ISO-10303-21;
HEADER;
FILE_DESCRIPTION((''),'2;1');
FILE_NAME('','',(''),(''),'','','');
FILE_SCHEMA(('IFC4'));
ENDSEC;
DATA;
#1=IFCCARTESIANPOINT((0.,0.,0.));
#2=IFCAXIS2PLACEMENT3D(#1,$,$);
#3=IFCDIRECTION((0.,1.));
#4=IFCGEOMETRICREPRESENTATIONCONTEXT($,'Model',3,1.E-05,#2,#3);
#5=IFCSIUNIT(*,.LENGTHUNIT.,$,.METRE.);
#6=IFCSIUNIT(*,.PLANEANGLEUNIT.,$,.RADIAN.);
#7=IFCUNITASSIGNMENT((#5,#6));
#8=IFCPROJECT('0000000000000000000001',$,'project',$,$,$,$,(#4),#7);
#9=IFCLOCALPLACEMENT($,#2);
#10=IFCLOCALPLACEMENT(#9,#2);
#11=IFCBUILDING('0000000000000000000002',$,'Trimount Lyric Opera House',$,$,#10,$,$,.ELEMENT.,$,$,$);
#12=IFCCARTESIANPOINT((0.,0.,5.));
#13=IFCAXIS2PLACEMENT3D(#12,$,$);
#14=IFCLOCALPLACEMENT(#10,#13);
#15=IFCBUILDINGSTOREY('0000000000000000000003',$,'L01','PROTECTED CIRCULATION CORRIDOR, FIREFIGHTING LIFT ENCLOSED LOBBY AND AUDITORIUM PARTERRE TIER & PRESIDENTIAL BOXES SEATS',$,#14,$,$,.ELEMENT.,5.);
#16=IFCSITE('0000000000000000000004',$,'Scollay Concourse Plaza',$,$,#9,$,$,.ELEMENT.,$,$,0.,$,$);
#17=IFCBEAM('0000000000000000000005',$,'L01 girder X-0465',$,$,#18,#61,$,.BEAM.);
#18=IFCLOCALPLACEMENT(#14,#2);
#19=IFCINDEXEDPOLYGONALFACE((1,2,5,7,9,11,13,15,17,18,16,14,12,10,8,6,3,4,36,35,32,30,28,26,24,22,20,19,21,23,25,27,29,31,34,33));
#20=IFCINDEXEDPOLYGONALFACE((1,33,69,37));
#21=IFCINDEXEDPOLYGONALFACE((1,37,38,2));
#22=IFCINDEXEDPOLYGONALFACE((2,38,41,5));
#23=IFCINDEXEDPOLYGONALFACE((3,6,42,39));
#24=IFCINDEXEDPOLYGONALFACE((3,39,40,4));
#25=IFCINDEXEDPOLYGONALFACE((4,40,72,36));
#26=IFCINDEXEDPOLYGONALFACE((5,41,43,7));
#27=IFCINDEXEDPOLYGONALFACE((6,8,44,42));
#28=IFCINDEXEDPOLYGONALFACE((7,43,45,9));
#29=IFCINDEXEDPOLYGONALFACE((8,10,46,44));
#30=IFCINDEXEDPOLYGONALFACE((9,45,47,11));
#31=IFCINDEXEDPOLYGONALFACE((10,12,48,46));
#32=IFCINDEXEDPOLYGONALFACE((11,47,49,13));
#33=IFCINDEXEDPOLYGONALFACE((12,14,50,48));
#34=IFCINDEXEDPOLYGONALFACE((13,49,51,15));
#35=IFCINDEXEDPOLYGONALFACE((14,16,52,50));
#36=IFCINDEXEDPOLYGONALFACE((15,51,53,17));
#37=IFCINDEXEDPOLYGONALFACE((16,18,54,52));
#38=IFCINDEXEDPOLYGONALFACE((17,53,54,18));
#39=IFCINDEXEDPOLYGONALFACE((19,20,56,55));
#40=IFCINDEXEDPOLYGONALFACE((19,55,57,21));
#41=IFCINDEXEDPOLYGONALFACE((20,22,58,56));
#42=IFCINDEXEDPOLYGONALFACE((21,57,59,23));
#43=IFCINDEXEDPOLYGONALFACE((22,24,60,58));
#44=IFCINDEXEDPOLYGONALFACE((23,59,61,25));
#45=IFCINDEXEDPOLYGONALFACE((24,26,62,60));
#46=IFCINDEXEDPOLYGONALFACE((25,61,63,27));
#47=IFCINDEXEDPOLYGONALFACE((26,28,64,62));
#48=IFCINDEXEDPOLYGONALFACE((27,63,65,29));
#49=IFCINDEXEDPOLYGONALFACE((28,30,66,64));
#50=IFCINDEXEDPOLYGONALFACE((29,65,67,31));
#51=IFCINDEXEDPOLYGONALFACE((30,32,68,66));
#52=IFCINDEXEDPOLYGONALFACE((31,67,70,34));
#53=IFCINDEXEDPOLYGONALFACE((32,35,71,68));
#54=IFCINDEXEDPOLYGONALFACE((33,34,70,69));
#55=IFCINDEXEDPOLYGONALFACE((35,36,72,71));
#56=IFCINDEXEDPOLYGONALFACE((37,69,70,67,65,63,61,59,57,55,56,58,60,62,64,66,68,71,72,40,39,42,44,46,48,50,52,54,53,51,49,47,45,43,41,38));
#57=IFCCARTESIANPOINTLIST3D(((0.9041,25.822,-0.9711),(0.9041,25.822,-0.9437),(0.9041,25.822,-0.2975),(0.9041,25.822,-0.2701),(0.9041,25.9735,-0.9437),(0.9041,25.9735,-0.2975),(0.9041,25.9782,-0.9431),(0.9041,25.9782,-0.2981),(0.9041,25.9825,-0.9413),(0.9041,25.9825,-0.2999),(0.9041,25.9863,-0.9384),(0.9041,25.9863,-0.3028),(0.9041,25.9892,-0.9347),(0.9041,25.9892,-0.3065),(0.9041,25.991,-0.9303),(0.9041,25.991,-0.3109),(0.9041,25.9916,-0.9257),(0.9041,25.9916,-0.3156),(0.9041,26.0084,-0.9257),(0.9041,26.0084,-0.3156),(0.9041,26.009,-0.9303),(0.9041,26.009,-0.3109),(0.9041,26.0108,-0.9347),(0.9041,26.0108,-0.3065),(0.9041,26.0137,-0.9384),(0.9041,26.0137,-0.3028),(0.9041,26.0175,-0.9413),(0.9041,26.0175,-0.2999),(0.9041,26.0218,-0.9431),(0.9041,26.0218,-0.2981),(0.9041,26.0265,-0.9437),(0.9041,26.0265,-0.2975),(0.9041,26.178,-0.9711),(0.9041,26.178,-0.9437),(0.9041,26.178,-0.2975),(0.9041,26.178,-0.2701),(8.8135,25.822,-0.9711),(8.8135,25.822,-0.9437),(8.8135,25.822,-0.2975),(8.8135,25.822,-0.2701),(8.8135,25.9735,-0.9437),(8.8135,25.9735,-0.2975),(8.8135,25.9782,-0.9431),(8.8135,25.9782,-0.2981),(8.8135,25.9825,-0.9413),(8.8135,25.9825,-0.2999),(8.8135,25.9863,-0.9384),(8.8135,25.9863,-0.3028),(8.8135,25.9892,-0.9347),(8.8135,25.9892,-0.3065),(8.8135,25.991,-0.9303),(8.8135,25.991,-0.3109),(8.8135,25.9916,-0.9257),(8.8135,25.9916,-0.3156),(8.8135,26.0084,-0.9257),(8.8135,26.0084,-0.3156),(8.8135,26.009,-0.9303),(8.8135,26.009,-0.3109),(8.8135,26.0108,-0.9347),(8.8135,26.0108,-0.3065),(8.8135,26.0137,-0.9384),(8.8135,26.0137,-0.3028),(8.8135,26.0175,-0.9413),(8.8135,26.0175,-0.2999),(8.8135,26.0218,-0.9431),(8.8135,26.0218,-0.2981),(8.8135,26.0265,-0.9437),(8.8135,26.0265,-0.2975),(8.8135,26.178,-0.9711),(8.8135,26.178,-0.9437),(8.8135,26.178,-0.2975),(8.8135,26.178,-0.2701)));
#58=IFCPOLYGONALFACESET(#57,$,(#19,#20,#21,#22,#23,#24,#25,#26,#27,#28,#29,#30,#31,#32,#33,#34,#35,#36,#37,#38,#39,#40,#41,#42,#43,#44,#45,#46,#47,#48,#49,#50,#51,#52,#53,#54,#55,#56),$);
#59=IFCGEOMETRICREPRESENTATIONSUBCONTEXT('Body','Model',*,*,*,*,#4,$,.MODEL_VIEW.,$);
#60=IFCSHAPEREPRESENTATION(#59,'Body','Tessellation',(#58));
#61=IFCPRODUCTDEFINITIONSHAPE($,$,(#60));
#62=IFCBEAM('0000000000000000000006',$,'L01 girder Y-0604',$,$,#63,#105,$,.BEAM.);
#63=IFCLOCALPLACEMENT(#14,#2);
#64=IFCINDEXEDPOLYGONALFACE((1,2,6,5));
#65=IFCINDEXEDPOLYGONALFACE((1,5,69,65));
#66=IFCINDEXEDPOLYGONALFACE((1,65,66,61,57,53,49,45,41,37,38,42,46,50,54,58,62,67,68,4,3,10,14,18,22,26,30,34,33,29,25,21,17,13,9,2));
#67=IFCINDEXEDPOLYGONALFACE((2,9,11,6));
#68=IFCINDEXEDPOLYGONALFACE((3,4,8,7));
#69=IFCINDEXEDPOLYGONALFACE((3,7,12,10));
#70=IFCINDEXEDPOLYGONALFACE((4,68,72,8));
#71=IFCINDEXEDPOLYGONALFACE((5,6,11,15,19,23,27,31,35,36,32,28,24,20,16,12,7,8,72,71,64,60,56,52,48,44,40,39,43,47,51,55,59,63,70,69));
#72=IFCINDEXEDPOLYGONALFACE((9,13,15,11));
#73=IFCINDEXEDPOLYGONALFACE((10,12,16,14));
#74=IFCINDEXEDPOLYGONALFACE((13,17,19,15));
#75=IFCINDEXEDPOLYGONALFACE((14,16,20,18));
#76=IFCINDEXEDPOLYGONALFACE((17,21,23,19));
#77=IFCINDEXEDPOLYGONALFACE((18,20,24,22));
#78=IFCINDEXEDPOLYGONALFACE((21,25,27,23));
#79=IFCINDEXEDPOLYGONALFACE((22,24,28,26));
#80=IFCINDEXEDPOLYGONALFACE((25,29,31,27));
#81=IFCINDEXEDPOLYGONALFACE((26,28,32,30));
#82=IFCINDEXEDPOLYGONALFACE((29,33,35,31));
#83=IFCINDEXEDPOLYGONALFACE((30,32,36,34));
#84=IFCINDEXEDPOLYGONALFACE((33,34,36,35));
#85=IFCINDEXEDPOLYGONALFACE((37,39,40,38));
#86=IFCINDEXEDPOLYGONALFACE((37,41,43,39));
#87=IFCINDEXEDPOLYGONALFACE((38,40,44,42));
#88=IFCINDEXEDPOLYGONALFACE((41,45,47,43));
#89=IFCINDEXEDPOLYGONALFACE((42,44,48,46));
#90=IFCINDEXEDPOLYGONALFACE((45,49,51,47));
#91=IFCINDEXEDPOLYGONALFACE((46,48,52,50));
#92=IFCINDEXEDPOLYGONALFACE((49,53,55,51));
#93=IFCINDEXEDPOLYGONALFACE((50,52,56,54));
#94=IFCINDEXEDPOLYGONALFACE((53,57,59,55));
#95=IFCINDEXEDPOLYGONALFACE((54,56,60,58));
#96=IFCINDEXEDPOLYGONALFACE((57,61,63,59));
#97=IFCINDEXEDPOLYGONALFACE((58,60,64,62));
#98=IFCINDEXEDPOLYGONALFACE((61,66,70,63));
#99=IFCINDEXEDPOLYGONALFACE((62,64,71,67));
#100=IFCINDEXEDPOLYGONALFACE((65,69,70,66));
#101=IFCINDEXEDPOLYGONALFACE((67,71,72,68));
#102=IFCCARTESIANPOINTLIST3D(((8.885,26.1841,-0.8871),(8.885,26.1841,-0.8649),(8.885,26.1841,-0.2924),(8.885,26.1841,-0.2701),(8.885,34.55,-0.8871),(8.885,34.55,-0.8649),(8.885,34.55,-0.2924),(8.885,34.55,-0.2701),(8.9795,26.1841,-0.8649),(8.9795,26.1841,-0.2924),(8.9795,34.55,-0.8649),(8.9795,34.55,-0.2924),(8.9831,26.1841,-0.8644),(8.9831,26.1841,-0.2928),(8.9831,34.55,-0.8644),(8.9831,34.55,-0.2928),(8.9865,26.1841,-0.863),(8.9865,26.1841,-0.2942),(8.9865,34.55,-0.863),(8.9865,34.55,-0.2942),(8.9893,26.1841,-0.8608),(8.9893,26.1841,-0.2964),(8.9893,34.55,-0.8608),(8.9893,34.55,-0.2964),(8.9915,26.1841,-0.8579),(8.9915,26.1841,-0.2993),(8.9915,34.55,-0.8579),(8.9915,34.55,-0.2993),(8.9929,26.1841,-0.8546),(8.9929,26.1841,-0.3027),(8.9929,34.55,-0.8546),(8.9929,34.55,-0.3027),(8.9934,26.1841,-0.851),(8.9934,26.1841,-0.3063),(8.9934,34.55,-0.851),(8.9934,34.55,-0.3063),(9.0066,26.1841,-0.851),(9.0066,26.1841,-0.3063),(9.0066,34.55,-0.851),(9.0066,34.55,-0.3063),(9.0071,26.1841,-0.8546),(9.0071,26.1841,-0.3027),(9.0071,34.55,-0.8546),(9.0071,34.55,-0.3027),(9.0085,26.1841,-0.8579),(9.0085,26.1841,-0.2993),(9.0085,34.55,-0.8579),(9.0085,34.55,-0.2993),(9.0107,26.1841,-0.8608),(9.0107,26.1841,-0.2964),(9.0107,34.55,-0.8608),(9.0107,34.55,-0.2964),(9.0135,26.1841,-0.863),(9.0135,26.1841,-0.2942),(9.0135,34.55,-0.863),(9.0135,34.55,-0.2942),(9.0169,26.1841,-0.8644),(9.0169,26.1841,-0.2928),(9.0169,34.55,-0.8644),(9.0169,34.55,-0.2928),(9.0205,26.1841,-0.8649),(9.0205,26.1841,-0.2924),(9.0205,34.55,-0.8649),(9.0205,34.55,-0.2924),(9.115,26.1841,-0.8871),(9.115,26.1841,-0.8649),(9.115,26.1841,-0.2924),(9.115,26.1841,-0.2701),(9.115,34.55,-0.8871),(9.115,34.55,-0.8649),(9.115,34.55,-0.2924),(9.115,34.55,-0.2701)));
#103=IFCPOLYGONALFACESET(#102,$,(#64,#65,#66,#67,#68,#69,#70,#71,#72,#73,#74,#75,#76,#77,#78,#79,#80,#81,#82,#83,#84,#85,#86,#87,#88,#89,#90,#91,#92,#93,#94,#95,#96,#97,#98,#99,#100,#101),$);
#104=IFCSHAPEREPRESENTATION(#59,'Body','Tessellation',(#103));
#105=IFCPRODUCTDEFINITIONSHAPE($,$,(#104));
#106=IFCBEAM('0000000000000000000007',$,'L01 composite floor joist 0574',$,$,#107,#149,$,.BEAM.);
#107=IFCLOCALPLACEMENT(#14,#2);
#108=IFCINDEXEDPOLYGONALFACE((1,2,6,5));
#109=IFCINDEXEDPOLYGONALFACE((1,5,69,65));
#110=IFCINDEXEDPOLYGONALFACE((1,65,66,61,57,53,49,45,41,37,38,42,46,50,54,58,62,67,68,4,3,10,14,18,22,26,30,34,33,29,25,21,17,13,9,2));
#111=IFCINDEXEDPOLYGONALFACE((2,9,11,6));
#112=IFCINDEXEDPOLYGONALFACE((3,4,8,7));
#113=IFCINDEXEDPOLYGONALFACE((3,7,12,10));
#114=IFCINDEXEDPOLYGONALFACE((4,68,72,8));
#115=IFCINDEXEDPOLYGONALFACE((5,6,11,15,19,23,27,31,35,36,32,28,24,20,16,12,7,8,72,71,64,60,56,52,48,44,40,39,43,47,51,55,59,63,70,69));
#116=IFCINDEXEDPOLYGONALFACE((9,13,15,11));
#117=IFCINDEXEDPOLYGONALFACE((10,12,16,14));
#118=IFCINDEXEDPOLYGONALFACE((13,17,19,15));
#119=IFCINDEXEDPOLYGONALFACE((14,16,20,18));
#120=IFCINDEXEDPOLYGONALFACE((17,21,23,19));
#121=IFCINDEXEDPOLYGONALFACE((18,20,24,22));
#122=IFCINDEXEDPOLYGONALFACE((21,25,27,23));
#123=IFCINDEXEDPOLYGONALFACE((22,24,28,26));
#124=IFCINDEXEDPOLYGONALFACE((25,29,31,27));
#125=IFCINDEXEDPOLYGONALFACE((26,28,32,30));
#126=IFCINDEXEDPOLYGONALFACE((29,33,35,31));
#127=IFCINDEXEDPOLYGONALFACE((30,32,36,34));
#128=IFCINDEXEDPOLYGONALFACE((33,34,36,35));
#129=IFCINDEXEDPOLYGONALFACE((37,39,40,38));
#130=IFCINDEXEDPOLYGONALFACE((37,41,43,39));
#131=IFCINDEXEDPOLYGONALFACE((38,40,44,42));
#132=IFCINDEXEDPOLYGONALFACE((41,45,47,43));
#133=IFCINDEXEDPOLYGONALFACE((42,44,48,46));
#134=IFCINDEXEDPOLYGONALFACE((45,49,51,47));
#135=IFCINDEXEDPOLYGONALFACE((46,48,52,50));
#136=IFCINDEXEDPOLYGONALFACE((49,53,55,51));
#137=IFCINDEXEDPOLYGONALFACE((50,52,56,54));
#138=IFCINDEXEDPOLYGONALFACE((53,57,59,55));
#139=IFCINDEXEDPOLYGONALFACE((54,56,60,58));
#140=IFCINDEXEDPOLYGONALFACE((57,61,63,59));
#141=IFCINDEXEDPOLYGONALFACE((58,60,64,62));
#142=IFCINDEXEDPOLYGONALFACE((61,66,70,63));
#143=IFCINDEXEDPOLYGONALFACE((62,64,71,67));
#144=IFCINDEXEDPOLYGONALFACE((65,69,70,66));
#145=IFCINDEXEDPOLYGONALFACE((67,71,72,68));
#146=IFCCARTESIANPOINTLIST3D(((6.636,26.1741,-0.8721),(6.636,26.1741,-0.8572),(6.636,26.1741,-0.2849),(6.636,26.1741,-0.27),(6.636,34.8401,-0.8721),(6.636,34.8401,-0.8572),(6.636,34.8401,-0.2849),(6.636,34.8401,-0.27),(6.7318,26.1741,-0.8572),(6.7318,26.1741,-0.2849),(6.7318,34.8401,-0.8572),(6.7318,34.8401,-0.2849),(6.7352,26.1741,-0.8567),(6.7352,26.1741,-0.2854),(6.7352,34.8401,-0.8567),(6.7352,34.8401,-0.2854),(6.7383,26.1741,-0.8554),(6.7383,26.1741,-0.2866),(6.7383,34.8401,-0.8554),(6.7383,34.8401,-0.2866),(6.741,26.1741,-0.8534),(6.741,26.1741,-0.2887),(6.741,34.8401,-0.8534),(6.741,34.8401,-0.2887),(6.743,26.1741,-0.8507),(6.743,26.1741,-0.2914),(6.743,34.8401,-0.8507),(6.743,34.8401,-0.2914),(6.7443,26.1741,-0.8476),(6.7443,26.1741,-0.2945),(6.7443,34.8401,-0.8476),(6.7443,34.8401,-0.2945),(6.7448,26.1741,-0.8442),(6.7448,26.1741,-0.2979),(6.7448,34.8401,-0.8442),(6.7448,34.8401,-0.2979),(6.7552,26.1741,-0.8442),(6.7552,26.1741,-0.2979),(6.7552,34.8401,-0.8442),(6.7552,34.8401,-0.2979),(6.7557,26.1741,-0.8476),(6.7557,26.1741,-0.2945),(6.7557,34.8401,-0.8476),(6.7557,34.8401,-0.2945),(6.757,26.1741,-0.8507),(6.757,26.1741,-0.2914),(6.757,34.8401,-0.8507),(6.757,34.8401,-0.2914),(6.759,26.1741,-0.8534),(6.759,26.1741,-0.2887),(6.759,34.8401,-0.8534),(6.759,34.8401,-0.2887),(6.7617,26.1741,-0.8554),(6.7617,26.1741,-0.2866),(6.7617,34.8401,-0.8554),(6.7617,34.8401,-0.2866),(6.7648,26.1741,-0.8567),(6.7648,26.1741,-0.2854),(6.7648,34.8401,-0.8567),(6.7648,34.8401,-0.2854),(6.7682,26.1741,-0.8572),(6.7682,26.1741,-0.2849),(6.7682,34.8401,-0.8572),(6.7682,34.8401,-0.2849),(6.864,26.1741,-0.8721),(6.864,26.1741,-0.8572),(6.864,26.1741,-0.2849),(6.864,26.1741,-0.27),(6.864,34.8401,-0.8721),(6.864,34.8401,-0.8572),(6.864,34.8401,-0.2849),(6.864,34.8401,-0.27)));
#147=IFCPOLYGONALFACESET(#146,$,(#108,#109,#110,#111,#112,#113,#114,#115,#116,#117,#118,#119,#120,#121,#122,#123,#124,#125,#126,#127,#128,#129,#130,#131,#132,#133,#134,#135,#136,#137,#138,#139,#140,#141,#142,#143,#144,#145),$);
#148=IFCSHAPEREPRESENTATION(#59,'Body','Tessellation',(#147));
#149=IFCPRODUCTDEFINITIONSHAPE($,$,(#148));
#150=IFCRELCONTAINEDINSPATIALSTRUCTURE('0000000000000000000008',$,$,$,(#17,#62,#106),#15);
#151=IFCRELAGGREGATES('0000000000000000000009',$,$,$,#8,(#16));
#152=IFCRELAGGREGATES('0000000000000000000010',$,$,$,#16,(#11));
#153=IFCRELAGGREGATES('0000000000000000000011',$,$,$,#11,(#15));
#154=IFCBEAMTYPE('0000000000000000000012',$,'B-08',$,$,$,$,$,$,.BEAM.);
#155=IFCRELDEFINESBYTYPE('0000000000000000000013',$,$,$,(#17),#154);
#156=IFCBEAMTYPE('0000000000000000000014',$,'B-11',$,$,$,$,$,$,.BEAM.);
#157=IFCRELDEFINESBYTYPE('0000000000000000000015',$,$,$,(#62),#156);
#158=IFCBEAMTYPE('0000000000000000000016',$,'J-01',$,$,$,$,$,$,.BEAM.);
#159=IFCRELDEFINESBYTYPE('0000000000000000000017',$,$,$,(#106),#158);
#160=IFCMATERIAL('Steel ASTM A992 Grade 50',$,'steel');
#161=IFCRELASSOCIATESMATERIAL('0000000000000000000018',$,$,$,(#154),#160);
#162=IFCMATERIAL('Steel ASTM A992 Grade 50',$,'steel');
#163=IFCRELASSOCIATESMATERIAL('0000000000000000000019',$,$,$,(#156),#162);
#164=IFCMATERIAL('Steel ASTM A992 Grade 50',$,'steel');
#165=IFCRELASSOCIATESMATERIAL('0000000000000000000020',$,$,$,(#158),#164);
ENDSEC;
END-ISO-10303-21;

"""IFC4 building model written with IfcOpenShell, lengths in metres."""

from ifc_helpers import new_model, si_unit, direction, frame, origin, origin_2d, place, context, subcontext, project, spatial, i_section, extrude, material, material_profile, profile_set, type_object, element, save


model = new_model("IFC4")

# Units and contexts
model_context = context("Model", 3, precision=1e-05, world=origin(), true_north=direction((0.0, 1.0)))
body_context = subcontext(model_context, "Body", "Model", "MODEL_VIEW")
ifc_project = project(units=[si_unit("LENGTHUNIT", "METRE"), si_unit("PLANEANGLEUNIT", "RADIAN")], contexts=[model_context])

# Site, building, storey
site_placement = place(None, origin())
site = spatial("IfcSite", under=ifc_project, at=site_placement, Name="Scollay Concourse Plaza", CompositionType="ELEMENT", RefElevation=0.0)
building_placement = place(site_placement, origin())
building = spatial("IfcBuilding", under=site, at=building_placement, Name="Trimount Lyric Opera House", CompositionType="ELEMENT")
storey_placement = place(building_placement, frame((0.0, 0.0, 5.0)))
storey = spatial("IfcBuildingStorey", under=building, at=storey_placement, Name="L01", Description="PROTECTED CIRCULATION CORRIDOR, FIREFIGHTING LIFT ENCLOSED LOBBY AND AUDITORIUM PARTERRE TIER & PRESIDENTIAL BOXES SEATS", CompositionType="ELEMENT", Elevation=5.0)

# Beams
ifc_material_1 = material(Name="Steel ASTM A992 Grade 50", Category="steel")
ifc_material_profile_1 = material_profile(ifc_material_1, i_section(OverallWidth=0.356, OverallDepth=0.7009, WebThickness=0.0168, FlangeThickness=0.0273, FilletRadius=0.0181, at=origin_2d()), Name="W27X161")
ifc_profile_set_1 = profile_set([ifc_material_profile_1], Name="Steel ASTM A992 Grade 50")
beam_type_1 = type_object("IfcBeamType", Name="B-08", PredefinedType="BEAM", material=ifc_profile_set_1)
beam_1_placement = place(storey_placement, frame((0.9041, 26.0, -0.6206), z_axis=(1.0, 0.0, 0.0), x_axis=(0.0, 1.0, 0.0)))
element("IfcBeam", 1, at=beam_1_placement, inside=storey, type_object=beam_type_1, Name="L01 girder X-0465", PredefinedType="BEAM", context=body_context, shape_type="SweptSolid", body=[
    extrude(i_section(OverallWidth=0.356, OverallDepth=0.7009, WebThickness=0.0168, FlangeThickness=0.0273, FilletRadius=0.0181, at=origin_2d()), origin(), (0.0, 0.0, 1.0), 7.9094),
])
ifc_material_2 = material(Name="Steel ASTM A992 Grade 50", Category="steel")
ifc_material_profile_2 = material_profile(ifc_material_2, i_section(OverallWidth=0.23, OverallDepth=0.6169, WebThickness=0.0132, FlangeThickness=0.0222, FilletRadius=0.0139, at=origin_2d()), Name="W24X94")
ifc_profile_set_2 = profile_set([ifc_material_profile_2], Name="Steel ASTM A992 Grade 50")
beam_type_2 = type_object("IfcBeamType", Name="B-11", PredefinedType="BEAM", material=ifc_profile_set_2)
beam_2_placement = place(storey_placement, frame((9.0, 26.1841, -0.5786), z_axis=(0.0, 1.0, 0.0), x_axis=(-1.0, 0.0, 0.0)))
element("IfcBeam", 2, at=beam_2_placement, inside=storey, type_object=beam_type_2, Name="L01 girder Y-0604", PredefinedType="BEAM", context=body_context, shape_type="SweptSolid", body=[
    extrude(i_section(OverallWidth=0.23, OverallDepth=0.6169, WebThickness=0.0132, FlangeThickness=0.0222, FilletRadius=0.0139, at=origin_2d()), origin(), (0.0, 0.0, 1.0), 8.366),
])
ifc_material_3 = material(Name="Steel ASTM A992 Grade 50", Category="steel")
ifc_material_profile_3 = material_profile(ifc_material_3, i_section(OverallWidth=0.228, OverallDepth=0.6021, WebThickness=0.0105, FlangeThickness=0.0149, FilletRadius=0.0129, at=origin_2d()), Name="W24X68")
ifc_profile_set_3 = profile_set([ifc_material_profile_3], Name="Steel ASTM A992 Grade 50")
beam_type_3 = type_object("IfcBeamType", Name="J-01", PredefinedType="BEAM", material=ifc_profile_set_3)
beam_3_placement = place(storey_placement, frame((6.75, 26.1741, -0.571), z_axis=(0.0, 1.0, 0.0), x_axis=(-1.0, 0.0, 0.0)))
element("IfcBeam", 3, at=beam_3_placement, inside=storey, type_object=beam_type_3, Name="L01 composite floor joist 0574", PredefinedType="BEAM", context=body_context, shape_type="SweptSolid", body=[
    extrude(i_section(OverallWidth=0.228, OverallDepth=0.6021, WebThickness=0.0105, FlangeThickness=0.0149, FilletRadius=0.0129, at=origin_2d()), origin(), (0.0, 0.0, 1.0), 8.666),
])

save(model, "model.ifc")
